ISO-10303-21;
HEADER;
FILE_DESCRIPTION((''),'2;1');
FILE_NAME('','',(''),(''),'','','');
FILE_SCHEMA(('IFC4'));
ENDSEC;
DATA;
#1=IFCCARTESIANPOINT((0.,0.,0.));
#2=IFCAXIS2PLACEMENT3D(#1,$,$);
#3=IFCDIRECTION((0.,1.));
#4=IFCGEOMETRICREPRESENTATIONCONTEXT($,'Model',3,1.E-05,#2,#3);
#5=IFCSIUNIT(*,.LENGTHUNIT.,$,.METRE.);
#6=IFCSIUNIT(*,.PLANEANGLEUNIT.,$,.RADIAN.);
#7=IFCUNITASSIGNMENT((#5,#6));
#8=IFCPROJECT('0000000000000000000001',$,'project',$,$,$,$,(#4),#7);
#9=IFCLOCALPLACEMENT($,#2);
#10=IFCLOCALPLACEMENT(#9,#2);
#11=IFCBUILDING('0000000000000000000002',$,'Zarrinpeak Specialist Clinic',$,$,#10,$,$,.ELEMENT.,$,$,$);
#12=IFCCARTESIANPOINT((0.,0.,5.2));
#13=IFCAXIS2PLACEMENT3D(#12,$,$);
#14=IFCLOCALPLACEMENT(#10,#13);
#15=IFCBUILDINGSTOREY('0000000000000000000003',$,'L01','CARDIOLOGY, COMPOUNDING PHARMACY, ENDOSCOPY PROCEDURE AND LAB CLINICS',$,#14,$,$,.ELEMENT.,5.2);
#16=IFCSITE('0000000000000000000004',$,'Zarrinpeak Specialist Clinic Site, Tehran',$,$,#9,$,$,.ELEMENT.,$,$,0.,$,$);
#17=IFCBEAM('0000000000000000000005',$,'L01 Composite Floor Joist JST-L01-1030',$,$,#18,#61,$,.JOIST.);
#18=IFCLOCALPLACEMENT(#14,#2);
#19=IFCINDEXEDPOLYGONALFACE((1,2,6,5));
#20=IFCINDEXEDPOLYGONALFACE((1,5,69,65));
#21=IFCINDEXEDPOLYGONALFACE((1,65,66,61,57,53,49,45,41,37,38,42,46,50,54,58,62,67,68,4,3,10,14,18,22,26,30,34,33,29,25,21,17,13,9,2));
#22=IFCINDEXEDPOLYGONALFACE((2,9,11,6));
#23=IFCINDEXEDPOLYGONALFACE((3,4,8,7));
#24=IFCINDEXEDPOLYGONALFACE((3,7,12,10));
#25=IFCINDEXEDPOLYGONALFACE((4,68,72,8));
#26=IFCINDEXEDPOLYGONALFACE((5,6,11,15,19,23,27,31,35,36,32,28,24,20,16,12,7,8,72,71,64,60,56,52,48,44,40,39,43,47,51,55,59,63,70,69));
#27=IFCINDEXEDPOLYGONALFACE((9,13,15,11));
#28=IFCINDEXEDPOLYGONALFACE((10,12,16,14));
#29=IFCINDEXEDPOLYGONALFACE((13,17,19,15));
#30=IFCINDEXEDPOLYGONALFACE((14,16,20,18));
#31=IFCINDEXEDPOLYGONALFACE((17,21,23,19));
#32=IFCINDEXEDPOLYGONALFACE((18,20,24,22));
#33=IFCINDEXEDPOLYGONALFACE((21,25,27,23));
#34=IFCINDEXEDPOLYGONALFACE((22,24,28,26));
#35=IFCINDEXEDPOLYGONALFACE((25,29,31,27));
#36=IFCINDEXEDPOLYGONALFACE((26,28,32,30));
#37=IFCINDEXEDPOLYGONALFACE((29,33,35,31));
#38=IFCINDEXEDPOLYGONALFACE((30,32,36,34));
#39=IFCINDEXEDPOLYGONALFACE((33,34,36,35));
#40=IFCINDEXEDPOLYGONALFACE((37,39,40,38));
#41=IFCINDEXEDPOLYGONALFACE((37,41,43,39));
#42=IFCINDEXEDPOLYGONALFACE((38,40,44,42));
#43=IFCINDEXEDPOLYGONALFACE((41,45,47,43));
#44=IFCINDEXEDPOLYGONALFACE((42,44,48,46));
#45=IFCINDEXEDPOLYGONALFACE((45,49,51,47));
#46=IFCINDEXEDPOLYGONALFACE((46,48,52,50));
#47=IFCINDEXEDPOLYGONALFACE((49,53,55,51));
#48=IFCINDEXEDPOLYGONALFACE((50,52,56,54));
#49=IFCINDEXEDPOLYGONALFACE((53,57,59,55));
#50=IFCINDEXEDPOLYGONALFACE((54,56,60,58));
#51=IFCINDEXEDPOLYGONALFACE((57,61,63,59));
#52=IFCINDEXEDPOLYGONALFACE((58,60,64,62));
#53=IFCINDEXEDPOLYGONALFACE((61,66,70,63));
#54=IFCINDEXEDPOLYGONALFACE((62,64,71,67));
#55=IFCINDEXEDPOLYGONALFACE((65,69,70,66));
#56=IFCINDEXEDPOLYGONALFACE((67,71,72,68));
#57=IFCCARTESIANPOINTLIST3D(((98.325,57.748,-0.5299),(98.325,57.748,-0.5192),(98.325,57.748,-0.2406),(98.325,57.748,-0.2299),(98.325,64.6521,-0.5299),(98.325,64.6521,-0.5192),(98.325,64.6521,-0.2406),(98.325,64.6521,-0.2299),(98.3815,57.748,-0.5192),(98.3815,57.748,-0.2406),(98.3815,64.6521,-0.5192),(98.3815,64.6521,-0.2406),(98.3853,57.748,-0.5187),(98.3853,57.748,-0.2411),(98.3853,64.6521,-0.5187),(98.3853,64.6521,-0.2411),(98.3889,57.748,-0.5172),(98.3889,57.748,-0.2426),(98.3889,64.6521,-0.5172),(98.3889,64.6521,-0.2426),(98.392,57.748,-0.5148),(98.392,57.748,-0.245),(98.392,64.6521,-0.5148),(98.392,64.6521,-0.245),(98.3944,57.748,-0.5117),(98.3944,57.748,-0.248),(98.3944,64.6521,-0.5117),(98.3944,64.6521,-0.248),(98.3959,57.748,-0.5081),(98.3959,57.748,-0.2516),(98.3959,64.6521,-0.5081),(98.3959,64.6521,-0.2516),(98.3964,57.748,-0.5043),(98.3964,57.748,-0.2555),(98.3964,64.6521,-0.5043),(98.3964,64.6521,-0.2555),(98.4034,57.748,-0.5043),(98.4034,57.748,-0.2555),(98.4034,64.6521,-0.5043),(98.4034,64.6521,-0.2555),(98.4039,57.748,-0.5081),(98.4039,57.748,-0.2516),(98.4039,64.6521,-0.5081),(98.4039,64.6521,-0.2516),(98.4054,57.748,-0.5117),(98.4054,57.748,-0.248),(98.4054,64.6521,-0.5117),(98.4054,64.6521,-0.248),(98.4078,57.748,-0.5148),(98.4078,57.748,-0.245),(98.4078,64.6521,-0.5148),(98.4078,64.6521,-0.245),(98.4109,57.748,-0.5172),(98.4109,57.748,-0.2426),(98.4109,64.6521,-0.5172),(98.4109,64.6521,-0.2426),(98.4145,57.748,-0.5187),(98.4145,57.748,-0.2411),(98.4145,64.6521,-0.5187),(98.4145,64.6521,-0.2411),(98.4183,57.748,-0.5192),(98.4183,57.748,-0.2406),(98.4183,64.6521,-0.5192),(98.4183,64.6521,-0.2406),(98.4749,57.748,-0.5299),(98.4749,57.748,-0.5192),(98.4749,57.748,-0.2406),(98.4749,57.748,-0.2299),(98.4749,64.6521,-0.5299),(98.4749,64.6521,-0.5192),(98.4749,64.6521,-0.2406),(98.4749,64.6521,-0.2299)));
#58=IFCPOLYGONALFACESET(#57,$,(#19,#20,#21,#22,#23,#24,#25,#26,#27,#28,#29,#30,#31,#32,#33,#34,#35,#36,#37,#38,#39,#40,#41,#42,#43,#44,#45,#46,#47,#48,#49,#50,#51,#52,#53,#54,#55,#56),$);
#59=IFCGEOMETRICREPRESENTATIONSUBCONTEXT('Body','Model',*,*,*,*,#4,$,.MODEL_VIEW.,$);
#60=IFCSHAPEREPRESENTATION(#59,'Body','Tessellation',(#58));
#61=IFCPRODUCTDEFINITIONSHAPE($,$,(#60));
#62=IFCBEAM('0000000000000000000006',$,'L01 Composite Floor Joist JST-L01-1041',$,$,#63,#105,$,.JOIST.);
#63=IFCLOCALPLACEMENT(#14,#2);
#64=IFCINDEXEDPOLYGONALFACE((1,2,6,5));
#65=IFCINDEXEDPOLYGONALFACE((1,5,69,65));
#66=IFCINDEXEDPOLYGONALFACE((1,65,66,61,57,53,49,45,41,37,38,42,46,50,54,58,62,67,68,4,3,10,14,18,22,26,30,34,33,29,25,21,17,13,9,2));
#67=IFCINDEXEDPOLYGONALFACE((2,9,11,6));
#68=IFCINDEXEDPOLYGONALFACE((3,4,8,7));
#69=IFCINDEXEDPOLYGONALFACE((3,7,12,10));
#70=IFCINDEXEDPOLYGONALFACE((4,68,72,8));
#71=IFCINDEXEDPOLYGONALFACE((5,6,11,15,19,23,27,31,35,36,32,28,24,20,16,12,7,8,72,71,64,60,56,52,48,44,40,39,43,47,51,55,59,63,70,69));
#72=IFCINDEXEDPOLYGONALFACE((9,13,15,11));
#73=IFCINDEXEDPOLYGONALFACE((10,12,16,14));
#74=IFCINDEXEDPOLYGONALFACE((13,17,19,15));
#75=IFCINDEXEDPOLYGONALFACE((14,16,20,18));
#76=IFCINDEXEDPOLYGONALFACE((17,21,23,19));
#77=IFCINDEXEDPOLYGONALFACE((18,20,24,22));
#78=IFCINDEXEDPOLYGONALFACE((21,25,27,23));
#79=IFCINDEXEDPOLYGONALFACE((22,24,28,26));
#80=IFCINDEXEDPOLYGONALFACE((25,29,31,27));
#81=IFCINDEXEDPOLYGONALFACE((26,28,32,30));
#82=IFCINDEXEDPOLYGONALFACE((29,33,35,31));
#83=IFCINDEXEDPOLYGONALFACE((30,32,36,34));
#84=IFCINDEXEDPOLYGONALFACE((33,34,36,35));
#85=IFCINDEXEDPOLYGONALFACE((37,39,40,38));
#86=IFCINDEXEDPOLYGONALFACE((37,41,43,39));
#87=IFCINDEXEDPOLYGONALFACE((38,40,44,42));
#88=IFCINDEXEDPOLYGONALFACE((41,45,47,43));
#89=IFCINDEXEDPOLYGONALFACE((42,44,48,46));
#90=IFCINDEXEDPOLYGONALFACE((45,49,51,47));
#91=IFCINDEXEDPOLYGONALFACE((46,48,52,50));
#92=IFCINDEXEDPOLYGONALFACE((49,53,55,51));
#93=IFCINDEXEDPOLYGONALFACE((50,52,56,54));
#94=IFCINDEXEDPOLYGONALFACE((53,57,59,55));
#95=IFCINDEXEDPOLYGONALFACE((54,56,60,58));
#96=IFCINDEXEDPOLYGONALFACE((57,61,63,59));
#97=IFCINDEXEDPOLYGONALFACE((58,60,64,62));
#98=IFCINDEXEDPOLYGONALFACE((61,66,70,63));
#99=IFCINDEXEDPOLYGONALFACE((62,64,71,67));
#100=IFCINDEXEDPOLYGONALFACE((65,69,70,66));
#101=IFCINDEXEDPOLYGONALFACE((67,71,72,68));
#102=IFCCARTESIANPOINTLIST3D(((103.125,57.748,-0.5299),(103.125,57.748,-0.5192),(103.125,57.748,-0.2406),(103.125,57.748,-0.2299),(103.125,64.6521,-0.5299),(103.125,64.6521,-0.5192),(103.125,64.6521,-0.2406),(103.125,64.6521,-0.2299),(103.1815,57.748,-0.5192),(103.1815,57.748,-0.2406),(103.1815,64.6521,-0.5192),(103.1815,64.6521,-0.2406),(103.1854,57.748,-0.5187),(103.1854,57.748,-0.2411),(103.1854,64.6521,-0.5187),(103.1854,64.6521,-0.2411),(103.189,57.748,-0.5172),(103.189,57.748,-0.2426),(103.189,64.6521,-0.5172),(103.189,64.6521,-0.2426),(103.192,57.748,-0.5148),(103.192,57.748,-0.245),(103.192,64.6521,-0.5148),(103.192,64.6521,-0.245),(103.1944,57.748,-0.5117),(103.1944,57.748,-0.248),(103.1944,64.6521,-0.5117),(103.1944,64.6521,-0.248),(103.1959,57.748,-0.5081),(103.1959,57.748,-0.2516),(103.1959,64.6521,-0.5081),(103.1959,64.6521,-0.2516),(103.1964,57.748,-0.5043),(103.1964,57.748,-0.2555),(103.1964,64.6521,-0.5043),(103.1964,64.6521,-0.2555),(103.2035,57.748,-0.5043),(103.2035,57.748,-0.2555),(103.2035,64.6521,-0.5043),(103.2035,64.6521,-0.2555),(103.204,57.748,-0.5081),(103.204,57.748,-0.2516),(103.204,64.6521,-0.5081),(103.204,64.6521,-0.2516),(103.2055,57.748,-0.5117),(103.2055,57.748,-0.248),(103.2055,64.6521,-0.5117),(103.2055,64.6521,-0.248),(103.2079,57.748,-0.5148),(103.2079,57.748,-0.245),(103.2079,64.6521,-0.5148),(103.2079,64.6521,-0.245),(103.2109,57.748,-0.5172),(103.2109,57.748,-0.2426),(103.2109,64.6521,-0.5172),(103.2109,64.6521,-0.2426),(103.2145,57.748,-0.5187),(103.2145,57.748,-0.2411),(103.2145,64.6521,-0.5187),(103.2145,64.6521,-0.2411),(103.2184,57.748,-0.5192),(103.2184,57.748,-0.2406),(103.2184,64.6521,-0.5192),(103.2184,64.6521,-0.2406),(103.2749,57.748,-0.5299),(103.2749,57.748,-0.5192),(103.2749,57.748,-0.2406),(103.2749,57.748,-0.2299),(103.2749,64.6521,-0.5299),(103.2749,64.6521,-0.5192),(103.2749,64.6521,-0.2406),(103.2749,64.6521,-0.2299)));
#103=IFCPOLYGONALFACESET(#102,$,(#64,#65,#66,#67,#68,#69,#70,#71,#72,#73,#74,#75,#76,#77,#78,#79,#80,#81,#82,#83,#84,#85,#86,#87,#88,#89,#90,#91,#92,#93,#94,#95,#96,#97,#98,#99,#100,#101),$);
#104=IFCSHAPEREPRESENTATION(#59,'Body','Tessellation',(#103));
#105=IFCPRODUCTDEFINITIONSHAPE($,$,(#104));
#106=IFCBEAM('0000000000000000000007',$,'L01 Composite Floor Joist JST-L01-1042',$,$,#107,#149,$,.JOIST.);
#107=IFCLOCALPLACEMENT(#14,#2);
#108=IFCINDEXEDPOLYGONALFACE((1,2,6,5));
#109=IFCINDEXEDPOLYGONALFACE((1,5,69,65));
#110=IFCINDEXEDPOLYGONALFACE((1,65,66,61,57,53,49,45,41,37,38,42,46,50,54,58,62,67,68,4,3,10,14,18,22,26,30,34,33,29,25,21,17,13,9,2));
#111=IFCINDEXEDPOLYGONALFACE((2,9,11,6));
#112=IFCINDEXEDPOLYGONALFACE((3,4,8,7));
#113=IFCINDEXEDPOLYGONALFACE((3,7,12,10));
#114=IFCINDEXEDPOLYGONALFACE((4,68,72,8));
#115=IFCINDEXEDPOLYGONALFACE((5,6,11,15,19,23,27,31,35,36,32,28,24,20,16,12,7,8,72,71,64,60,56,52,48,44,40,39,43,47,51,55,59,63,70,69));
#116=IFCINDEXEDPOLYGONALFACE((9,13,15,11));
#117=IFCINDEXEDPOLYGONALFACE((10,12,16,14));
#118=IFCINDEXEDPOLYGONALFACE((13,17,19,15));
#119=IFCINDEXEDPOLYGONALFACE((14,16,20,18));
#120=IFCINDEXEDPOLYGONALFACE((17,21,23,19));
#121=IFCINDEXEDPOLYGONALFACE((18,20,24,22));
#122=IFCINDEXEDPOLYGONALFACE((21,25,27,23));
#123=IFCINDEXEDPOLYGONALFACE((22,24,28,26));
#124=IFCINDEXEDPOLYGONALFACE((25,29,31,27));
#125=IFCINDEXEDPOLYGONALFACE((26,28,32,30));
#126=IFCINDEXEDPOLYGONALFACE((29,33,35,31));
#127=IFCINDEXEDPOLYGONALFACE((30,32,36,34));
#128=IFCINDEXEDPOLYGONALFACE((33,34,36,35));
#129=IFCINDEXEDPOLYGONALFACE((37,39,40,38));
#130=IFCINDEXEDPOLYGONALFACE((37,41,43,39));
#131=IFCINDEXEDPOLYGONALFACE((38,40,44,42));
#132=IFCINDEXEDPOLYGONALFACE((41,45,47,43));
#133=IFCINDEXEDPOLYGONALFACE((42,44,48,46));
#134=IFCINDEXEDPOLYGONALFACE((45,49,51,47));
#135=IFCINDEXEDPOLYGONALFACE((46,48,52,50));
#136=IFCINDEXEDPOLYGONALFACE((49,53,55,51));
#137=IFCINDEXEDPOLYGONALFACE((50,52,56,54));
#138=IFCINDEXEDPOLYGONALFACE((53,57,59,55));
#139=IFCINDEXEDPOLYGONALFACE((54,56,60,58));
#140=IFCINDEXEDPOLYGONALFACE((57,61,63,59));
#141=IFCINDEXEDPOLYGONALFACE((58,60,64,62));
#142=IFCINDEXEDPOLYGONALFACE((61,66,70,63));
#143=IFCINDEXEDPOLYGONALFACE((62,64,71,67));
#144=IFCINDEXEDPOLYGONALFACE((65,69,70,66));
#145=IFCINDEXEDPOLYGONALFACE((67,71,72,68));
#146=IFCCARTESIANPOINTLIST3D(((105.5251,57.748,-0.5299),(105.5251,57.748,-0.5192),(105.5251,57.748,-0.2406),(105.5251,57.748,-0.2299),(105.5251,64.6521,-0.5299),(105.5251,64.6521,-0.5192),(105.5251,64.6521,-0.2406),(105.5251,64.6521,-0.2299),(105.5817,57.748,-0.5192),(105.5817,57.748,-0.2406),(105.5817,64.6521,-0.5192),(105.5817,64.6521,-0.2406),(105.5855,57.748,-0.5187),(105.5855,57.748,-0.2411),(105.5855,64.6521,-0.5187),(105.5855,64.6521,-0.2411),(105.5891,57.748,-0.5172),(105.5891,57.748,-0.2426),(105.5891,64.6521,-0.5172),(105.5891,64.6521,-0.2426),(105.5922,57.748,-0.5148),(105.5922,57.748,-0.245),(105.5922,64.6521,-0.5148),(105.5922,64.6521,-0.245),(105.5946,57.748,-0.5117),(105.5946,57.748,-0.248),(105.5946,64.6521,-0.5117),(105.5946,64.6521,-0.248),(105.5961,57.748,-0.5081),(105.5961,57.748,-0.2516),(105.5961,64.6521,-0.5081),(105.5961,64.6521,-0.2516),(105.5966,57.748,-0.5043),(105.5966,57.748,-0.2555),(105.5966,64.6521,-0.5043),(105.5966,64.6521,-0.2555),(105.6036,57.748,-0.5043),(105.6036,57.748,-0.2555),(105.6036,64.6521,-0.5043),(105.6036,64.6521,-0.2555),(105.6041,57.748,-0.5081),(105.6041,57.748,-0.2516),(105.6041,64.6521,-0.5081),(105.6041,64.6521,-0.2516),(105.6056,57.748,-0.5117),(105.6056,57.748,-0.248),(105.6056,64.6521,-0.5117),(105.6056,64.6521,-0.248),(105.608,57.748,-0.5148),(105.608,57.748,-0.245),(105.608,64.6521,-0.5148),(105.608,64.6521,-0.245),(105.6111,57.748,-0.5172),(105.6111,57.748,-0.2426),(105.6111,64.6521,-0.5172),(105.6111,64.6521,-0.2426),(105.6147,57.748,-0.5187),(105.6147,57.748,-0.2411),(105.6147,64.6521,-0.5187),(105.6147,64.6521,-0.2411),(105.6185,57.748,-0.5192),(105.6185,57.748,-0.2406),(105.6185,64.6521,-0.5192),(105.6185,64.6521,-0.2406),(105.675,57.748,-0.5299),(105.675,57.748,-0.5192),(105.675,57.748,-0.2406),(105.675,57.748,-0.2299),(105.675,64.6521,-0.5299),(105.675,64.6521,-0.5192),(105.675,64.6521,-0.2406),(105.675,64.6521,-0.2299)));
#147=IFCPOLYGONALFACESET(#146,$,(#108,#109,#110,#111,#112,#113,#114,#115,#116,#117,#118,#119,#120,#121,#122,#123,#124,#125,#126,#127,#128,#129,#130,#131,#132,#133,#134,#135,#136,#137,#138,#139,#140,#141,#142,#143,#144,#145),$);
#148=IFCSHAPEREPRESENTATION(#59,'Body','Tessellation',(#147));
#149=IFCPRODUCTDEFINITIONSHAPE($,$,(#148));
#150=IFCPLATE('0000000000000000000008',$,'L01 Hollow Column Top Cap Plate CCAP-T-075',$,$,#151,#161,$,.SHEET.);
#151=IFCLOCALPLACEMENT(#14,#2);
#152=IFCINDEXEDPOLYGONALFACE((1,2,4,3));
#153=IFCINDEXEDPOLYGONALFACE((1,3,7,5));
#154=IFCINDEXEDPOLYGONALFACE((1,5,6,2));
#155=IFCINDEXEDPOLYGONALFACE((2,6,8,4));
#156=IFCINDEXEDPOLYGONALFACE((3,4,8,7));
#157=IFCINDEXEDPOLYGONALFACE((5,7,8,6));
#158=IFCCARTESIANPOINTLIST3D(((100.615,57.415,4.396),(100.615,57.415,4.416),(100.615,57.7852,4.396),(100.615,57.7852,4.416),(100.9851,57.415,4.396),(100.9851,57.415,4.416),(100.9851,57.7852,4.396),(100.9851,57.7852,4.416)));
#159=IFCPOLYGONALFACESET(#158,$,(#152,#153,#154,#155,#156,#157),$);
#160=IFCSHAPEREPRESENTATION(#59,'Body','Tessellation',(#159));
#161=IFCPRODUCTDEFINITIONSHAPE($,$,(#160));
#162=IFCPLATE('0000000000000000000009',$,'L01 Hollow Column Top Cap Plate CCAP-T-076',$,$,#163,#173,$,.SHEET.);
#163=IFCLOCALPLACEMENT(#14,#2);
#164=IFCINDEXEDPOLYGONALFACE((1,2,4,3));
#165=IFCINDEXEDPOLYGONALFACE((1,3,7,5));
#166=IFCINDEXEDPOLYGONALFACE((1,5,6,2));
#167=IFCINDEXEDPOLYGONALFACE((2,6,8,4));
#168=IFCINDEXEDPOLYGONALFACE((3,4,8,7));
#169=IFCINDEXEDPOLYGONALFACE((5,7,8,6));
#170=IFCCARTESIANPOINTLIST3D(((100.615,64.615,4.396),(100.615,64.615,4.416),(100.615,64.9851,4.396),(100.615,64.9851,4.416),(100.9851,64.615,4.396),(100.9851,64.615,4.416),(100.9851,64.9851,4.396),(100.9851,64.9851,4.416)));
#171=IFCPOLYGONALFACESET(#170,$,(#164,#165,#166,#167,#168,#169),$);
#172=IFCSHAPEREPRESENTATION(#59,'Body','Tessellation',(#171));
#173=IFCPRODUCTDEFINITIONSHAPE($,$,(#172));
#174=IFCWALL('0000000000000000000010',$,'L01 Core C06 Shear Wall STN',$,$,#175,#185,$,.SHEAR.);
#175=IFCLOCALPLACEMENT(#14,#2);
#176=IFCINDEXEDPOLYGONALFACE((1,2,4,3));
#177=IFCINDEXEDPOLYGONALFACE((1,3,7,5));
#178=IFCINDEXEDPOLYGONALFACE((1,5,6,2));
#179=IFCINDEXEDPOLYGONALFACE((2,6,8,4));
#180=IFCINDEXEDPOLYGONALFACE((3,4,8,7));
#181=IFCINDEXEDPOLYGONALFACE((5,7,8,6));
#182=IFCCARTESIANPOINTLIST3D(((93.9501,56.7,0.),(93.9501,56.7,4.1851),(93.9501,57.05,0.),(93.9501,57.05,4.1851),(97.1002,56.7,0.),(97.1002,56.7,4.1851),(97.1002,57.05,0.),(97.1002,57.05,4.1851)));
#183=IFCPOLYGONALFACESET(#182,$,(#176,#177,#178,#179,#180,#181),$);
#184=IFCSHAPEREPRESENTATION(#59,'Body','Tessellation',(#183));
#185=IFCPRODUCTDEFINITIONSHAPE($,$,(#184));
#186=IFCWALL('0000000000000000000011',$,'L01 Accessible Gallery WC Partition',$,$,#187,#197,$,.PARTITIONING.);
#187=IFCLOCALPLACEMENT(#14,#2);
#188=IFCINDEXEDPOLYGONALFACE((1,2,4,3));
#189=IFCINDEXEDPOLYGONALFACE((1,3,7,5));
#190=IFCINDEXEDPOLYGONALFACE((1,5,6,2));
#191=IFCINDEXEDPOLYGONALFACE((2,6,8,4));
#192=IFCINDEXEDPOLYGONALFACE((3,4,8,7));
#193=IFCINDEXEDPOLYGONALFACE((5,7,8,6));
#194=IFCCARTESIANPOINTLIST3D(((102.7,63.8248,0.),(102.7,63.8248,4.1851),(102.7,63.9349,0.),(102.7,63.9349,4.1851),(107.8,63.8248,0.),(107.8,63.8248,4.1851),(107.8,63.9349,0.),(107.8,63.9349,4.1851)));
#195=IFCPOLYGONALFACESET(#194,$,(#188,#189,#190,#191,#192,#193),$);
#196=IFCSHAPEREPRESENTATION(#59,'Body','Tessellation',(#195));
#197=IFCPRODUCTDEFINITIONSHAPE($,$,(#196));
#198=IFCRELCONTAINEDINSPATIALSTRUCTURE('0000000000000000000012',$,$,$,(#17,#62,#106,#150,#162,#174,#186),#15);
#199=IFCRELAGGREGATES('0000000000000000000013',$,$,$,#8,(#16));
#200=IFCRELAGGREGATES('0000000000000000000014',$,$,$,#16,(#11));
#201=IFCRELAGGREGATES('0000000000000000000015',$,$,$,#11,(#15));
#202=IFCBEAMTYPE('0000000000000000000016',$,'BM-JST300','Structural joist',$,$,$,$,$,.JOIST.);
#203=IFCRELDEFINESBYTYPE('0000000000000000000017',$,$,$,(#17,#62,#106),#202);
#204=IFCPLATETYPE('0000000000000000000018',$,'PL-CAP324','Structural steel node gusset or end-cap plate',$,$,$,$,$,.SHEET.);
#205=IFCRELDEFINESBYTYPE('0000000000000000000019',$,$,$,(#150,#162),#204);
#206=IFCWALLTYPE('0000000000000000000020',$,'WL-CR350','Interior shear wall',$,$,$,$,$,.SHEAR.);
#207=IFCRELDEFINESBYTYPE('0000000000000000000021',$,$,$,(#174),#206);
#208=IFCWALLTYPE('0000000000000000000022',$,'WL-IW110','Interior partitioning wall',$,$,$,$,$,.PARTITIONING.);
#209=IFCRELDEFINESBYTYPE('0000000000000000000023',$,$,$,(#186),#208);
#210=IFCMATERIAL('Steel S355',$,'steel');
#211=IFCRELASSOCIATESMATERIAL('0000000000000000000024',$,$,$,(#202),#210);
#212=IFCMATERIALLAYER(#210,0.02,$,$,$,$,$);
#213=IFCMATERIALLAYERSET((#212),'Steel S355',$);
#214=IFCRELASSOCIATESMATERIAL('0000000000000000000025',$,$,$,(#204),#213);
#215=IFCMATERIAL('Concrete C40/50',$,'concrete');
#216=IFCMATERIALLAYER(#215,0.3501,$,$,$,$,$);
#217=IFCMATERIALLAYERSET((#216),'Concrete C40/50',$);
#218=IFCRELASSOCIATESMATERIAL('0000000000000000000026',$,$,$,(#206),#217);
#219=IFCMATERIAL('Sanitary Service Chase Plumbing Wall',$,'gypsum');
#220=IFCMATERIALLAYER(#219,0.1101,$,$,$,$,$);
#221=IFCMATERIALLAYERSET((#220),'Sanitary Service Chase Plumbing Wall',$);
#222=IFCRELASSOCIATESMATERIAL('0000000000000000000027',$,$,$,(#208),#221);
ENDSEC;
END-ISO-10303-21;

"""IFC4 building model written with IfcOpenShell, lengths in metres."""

from ifc_helpers import new_model, si_unit, direction, frame, frame_2d, origin, origin_2d, place, context, subcontext, project, spatial, rectangle, i_section, extrude, material, layer, layer_set, material_profile, profile_set, type_object, element, save


model = new_model("IFC4")

# Units and contexts
model_context = context("Model", 3, precision=1e-05, world=origin(), true_north=direction((0.0, 1.0)))
body_context = subcontext(model_context, "Body", "Model", "MODEL_VIEW")
ifc_project = project(units=[si_unit("LENGTHUNIT", "METRE"), si_unit("PLANEANGLEUNIT", "RADIAN")], contexts=[model_context])

# Site, building, storey
site_placement = place(None, origin())
site = spatial("IfcSite", under=ifc_project, at=site_placement, Name="Zarrinpeak Specialist Clinic Site, Tehran", CompositionType="ELEMENT", RefElevation=0.0)
building_placement = place(site_placement, origin())
building = spatial("IfcBuilding", under=site, at=building_placement, Name="Zarrinpeak Specialist Clinic", CompositionType="ELEMENT")
storey_placement = place(building_placement, frame((0.0, 0.0, 5.2)))
storey = spatial("IfcBuildingStorey", under=building, at=storey_placement, Name="L01", Description="CARDIOLOGY, COMPOUNDING PHARMACY, ENDOSCOPY PROCEDURE AND LAB CLINICS", CompositionType="ELEMENT", Elevation=5.2)

# Shared definitions
ifc_material_1 = material(Name="Steel S355", Category="steel")

# Beams
ifc_material_profile_1 = material_profile(ifc_material_1, i_section(OverallWidth=0.1499, OverallDepth=0.3, WebThickness=0.0071, FlangeThickness=0.0107, FilletRadius=0.0149, at=origin_2d()), Name="IPE 300")
ifc_profile_set_1 = profile_set([ifc_material_profile_1], Name="Steel S355")
beam_type_1 = type_object("IfcBeamType", Name="BM-JST300", Description="Structural joist", PredefinedType="JOIST", material=ifc_profile_set_1)
for number, where, z_axis, x_axis, name in (
    (1, (98.3999, 57.748, -0.3799), (0.0, 1.0, 0.0), (-1.0, 0.0, 0.0), "L01 Composite Floor Joist JST-L01-1030"),
    (2, (103.2, 57.748, -0.3799), (0.0, 1.0, 0.0), (-1.0, 0.0, 0.0), "L01 Composite Floor Joist JST-L01-1041"),
    (3, (105.6001, 57.748, -0.3799), (0.0, 1.0, 0.0), (-1.0, 0.0, 0.0), "L01 Composite Floor Joist JST-L01-1042"),
):
    element("IfcBeam", number, at=place(storey_placement, frame(where, z_axis=z_axis, x_axis=x_axis)), inside=storey, type_object=beam_type_1, Name=name, PredefinedType="JOIST", context=body_context, shape_type="SweptSolid", body=[
        extrude(i_section(OverallWidth=0.1499, OverallDepth=0.3, WebThickness=0.0071, FlangeThickness=0.0107, FilletRadius=0.0149, at=origin_2d()), origin(), (0.0, 0.0, 1.0), 6.9041),
    ])

# Plates
ifc_layer_1 = layer(ifc_material_1, 0.02)
ifc_layer_set_1 = layer_set([ifc_layer_1], Name="Steel S355")
plate_type = type_object("IfcPlateType", Name="PL-CAP324", Description="Structural steel node gusset or end-cap plate", PredefinedType="SHEET", material=ifc_layer_set_1)
for number, where, z_axis, x_axis, name in (
    (4, (100.8, 57.6001, 4.396), (0.0, 0.0, 1.0), (1.0, 0.0, 0.0), "L01 Hollow Column Top Cap Plate CCAP-T-075"),
    (5, (100.8, 64.8, 4.396), (0.0, 0.0, 1.0), (1.0, 0.0, 0.0), "L01 Hollow Column Top Cap Plate CCAP-T-076"),
):
    element("IfcPlate", number, at=place(storey_placement, frame(where, z_axis=z_axis, x_axis=x_axis)), inside=storey, type_object=plate_type, Name=name, PredefinedType="SHEET", context=body_context, shape_type="SweptSolid", body=[
        extrude(rectangle(XDim=0.3701, YDim=0.3701, at=origin_2d()), origin(), (0.0, 0.0, 1.0), 0.02),
    ])

# Walls
ifc_material_2 = material(Name="Concrete C40/50", Category="concrete")
ifc_layer_2 = layer(ifc_material_2, 0.3501)
ifc_layer_set_2 = layer_set([ifc_layer_2], Name="Concrete C40/50")
wall_type_1 = type_object("IfcWallType", Name="WL-CR350", Description="Interior shear wall", PredefinedType="SHEAR", material=ifc_layer_set_2)
wall_1_placement = place(storey_placement, frame((93.95, 56.875, 0.0), z_axis=(0.0, 0.0, 1.0), x_axis=(1.0, 0.0, 0.0)))
element("IfcWall", 6, at=wall_1_placement, inside=storey, type_object=wall_type_1, Name="L01 Core C06 Shear Wall STN", PredefinedType="SHEAR", context=body_context, shape_type="SweptSolid", body=[
    extrude(rectangle(XDim=3.1501, YDim=0.3501, at=frame_2d((1.5752, 0.0))), origin(), (0.0, 0.0, 1.0), 4.1851),
])
ifc_material_3 = material(Name="Sanitary Service Chase Plumbing Wall", Category="gypsum")
ifc_layer_3 = layer(ifc_material_3, 0.1101)
ifc_layer_set_3 = layer_set([ifc_layer_3], Name="Sanitary Service Chase Plumbing Wall")
wall_type_2 = type_object("IfcWallType", Name="WL-IW110", Description="Interior partitioning wall", PredefinedType="PARTITIONING", material=ifc_layer_set_3)
wall_2_placement = place(storey_placement, frame((102.7, 63.8799, 0.0), z_axis=(0.0, 0.0, 1.0), x_axis=(1.0, 0.0, 0.0)))
element("IfcWall", 7, at=wall_2_placement, inside=storey, type_object=wall_type_2, Name="L01 Accessible Gallery WC Partition", PredefinedType="PARTITIONING", context=body_context, shape_type="SweptSolid", body=[
    extrude(rectangle(XDim=5.1001, YDim=0.1101, at=frame_2d((2.55, 0.0))), origin(), (0.0, 0.0, 1.0), 4.1851),
])

save(model, "model.ifc")
